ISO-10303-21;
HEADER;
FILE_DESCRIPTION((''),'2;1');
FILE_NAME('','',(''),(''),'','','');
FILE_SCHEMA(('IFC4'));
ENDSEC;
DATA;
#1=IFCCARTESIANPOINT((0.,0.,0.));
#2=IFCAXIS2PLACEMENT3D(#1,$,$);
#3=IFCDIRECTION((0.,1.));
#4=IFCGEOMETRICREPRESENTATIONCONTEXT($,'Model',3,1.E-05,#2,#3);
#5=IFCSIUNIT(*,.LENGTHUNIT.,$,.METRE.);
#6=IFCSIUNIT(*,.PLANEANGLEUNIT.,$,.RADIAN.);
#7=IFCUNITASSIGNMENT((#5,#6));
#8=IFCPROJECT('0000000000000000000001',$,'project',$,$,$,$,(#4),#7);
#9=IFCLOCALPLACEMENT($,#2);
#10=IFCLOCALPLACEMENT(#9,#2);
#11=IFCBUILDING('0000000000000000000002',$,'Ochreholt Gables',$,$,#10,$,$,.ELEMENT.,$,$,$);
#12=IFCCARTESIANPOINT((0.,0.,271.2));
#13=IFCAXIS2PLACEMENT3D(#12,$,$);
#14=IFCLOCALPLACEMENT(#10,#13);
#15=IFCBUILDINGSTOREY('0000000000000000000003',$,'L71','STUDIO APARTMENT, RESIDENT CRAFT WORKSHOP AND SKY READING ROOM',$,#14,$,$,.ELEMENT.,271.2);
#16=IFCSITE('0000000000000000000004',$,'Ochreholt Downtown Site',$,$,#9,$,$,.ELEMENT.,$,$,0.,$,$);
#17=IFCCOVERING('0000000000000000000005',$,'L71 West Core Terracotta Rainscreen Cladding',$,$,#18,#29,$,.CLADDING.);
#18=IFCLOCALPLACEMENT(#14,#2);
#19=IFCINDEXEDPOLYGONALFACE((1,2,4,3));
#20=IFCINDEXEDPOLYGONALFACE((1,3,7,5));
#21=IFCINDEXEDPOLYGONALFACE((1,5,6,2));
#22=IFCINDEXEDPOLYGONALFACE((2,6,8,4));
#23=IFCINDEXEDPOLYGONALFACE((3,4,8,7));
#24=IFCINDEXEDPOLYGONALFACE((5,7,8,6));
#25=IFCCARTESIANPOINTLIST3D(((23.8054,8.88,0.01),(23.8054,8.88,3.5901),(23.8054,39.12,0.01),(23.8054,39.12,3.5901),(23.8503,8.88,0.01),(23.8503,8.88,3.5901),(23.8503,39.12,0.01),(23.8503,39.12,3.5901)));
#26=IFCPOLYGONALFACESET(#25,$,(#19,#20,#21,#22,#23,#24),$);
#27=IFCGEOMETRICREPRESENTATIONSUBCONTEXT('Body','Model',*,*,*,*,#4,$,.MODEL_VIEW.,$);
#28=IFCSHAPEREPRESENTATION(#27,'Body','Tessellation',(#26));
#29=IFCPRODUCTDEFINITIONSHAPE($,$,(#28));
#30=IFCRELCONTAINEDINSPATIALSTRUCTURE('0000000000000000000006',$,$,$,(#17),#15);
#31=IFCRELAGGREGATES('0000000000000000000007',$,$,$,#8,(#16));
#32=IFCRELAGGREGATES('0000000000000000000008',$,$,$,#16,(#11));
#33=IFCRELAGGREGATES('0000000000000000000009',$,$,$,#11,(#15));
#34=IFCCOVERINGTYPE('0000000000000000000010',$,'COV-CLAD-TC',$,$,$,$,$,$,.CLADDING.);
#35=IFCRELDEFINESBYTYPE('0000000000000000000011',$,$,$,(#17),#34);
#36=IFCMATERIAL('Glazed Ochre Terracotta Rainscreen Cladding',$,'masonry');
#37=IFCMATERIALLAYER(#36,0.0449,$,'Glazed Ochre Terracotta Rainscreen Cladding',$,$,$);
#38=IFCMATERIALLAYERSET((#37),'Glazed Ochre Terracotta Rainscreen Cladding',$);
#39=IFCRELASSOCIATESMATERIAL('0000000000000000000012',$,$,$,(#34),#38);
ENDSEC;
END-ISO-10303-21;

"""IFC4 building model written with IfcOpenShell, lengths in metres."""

from ifc_helpers import new_model, si_unit, direction, frame, origin, origin_2d, place, context, subcontext, project, spatial, rectangle, extrude, material, layer, layer_set, type_object, element, save


model = new_model("IFC4")

# Units and contexts
model_context = context("Model", 3, precision=1e-05, world=origin(), true_north=direction((0.0, 1.0)))
body_context = subcontext(model_context, "Body", "Model", "MODEL_VIEW")
ifc_project = project(units=[si_unit("LENGTHUNIT", "METRE"), si_unit("PLANEANGLEUNIT", "RADIAN")], contexts=[model_context])

# Site, building, storey
site_placement = place(None, origin())
site = spatial("IfcSite", under=ifc_project, at=site_placement, Name="Ochreholt Downtown Site", CompositionType="ELEMENT", RefElevation=0.0)
building_placement = place(site_placement, origin())
building = spatial("IfcBuilding", under=site, at=building_placement, Name="Ochreholt Gables", CompositionType="ELEMENT")
storey_placement = place(building_placement, frame((0.0, 0.0, 271.2)))
storey = spatial("IfcBuildingStorey", under=building, at=storey_placement, Name="L71", Description="STUDIO APARTMENT, RESIDENT CRAFT WORKSHOP AND SKY READING ROOM", CompositionType="ELEMENT", Elevation=271.2)

# Covering
ifc_material_1 = material(Name="Glazed Ochre Terracotta Rainscreen Cladding", Category="masonry")
ifc_layer_1 = layer(ifc_material_1, 0.0449, Name="Glazed Ochre Terracotta Rainscreen Cladding")
ifc_layer_set_1 = layer_set([ifc_layer_1], Name="Glazed Ochre Terracotta Rainscreen Cladding")
covering_type = type_object("IfcCoveringType", Name="COV-CLAD-TC", PredefinedType="CLADDING", material=ifc_layer_set_1)
covering_placement = place(storey_placement, frame((23.8279, 24.0, 0.01), z_axis=(0.0, 0.0, 1.0), x_axis=(0.0, 1.0, 0.0)))
element("IfcCovering", 1, at=covering_placement, inside=storey, type_object=covering_type, Name="L71 West Core Terracotta Rainscreen Cladding", PredefinedType="CLADDING", context=body_context, shape_type="SweptSolid", body=[
    extrude(rectangle(XDim=30.24, YDim=0.0449, at=origin_2d()), origin(), (0.0, 0.0, 1.0), 3.5801),
])

save(model, "model.ifc")
